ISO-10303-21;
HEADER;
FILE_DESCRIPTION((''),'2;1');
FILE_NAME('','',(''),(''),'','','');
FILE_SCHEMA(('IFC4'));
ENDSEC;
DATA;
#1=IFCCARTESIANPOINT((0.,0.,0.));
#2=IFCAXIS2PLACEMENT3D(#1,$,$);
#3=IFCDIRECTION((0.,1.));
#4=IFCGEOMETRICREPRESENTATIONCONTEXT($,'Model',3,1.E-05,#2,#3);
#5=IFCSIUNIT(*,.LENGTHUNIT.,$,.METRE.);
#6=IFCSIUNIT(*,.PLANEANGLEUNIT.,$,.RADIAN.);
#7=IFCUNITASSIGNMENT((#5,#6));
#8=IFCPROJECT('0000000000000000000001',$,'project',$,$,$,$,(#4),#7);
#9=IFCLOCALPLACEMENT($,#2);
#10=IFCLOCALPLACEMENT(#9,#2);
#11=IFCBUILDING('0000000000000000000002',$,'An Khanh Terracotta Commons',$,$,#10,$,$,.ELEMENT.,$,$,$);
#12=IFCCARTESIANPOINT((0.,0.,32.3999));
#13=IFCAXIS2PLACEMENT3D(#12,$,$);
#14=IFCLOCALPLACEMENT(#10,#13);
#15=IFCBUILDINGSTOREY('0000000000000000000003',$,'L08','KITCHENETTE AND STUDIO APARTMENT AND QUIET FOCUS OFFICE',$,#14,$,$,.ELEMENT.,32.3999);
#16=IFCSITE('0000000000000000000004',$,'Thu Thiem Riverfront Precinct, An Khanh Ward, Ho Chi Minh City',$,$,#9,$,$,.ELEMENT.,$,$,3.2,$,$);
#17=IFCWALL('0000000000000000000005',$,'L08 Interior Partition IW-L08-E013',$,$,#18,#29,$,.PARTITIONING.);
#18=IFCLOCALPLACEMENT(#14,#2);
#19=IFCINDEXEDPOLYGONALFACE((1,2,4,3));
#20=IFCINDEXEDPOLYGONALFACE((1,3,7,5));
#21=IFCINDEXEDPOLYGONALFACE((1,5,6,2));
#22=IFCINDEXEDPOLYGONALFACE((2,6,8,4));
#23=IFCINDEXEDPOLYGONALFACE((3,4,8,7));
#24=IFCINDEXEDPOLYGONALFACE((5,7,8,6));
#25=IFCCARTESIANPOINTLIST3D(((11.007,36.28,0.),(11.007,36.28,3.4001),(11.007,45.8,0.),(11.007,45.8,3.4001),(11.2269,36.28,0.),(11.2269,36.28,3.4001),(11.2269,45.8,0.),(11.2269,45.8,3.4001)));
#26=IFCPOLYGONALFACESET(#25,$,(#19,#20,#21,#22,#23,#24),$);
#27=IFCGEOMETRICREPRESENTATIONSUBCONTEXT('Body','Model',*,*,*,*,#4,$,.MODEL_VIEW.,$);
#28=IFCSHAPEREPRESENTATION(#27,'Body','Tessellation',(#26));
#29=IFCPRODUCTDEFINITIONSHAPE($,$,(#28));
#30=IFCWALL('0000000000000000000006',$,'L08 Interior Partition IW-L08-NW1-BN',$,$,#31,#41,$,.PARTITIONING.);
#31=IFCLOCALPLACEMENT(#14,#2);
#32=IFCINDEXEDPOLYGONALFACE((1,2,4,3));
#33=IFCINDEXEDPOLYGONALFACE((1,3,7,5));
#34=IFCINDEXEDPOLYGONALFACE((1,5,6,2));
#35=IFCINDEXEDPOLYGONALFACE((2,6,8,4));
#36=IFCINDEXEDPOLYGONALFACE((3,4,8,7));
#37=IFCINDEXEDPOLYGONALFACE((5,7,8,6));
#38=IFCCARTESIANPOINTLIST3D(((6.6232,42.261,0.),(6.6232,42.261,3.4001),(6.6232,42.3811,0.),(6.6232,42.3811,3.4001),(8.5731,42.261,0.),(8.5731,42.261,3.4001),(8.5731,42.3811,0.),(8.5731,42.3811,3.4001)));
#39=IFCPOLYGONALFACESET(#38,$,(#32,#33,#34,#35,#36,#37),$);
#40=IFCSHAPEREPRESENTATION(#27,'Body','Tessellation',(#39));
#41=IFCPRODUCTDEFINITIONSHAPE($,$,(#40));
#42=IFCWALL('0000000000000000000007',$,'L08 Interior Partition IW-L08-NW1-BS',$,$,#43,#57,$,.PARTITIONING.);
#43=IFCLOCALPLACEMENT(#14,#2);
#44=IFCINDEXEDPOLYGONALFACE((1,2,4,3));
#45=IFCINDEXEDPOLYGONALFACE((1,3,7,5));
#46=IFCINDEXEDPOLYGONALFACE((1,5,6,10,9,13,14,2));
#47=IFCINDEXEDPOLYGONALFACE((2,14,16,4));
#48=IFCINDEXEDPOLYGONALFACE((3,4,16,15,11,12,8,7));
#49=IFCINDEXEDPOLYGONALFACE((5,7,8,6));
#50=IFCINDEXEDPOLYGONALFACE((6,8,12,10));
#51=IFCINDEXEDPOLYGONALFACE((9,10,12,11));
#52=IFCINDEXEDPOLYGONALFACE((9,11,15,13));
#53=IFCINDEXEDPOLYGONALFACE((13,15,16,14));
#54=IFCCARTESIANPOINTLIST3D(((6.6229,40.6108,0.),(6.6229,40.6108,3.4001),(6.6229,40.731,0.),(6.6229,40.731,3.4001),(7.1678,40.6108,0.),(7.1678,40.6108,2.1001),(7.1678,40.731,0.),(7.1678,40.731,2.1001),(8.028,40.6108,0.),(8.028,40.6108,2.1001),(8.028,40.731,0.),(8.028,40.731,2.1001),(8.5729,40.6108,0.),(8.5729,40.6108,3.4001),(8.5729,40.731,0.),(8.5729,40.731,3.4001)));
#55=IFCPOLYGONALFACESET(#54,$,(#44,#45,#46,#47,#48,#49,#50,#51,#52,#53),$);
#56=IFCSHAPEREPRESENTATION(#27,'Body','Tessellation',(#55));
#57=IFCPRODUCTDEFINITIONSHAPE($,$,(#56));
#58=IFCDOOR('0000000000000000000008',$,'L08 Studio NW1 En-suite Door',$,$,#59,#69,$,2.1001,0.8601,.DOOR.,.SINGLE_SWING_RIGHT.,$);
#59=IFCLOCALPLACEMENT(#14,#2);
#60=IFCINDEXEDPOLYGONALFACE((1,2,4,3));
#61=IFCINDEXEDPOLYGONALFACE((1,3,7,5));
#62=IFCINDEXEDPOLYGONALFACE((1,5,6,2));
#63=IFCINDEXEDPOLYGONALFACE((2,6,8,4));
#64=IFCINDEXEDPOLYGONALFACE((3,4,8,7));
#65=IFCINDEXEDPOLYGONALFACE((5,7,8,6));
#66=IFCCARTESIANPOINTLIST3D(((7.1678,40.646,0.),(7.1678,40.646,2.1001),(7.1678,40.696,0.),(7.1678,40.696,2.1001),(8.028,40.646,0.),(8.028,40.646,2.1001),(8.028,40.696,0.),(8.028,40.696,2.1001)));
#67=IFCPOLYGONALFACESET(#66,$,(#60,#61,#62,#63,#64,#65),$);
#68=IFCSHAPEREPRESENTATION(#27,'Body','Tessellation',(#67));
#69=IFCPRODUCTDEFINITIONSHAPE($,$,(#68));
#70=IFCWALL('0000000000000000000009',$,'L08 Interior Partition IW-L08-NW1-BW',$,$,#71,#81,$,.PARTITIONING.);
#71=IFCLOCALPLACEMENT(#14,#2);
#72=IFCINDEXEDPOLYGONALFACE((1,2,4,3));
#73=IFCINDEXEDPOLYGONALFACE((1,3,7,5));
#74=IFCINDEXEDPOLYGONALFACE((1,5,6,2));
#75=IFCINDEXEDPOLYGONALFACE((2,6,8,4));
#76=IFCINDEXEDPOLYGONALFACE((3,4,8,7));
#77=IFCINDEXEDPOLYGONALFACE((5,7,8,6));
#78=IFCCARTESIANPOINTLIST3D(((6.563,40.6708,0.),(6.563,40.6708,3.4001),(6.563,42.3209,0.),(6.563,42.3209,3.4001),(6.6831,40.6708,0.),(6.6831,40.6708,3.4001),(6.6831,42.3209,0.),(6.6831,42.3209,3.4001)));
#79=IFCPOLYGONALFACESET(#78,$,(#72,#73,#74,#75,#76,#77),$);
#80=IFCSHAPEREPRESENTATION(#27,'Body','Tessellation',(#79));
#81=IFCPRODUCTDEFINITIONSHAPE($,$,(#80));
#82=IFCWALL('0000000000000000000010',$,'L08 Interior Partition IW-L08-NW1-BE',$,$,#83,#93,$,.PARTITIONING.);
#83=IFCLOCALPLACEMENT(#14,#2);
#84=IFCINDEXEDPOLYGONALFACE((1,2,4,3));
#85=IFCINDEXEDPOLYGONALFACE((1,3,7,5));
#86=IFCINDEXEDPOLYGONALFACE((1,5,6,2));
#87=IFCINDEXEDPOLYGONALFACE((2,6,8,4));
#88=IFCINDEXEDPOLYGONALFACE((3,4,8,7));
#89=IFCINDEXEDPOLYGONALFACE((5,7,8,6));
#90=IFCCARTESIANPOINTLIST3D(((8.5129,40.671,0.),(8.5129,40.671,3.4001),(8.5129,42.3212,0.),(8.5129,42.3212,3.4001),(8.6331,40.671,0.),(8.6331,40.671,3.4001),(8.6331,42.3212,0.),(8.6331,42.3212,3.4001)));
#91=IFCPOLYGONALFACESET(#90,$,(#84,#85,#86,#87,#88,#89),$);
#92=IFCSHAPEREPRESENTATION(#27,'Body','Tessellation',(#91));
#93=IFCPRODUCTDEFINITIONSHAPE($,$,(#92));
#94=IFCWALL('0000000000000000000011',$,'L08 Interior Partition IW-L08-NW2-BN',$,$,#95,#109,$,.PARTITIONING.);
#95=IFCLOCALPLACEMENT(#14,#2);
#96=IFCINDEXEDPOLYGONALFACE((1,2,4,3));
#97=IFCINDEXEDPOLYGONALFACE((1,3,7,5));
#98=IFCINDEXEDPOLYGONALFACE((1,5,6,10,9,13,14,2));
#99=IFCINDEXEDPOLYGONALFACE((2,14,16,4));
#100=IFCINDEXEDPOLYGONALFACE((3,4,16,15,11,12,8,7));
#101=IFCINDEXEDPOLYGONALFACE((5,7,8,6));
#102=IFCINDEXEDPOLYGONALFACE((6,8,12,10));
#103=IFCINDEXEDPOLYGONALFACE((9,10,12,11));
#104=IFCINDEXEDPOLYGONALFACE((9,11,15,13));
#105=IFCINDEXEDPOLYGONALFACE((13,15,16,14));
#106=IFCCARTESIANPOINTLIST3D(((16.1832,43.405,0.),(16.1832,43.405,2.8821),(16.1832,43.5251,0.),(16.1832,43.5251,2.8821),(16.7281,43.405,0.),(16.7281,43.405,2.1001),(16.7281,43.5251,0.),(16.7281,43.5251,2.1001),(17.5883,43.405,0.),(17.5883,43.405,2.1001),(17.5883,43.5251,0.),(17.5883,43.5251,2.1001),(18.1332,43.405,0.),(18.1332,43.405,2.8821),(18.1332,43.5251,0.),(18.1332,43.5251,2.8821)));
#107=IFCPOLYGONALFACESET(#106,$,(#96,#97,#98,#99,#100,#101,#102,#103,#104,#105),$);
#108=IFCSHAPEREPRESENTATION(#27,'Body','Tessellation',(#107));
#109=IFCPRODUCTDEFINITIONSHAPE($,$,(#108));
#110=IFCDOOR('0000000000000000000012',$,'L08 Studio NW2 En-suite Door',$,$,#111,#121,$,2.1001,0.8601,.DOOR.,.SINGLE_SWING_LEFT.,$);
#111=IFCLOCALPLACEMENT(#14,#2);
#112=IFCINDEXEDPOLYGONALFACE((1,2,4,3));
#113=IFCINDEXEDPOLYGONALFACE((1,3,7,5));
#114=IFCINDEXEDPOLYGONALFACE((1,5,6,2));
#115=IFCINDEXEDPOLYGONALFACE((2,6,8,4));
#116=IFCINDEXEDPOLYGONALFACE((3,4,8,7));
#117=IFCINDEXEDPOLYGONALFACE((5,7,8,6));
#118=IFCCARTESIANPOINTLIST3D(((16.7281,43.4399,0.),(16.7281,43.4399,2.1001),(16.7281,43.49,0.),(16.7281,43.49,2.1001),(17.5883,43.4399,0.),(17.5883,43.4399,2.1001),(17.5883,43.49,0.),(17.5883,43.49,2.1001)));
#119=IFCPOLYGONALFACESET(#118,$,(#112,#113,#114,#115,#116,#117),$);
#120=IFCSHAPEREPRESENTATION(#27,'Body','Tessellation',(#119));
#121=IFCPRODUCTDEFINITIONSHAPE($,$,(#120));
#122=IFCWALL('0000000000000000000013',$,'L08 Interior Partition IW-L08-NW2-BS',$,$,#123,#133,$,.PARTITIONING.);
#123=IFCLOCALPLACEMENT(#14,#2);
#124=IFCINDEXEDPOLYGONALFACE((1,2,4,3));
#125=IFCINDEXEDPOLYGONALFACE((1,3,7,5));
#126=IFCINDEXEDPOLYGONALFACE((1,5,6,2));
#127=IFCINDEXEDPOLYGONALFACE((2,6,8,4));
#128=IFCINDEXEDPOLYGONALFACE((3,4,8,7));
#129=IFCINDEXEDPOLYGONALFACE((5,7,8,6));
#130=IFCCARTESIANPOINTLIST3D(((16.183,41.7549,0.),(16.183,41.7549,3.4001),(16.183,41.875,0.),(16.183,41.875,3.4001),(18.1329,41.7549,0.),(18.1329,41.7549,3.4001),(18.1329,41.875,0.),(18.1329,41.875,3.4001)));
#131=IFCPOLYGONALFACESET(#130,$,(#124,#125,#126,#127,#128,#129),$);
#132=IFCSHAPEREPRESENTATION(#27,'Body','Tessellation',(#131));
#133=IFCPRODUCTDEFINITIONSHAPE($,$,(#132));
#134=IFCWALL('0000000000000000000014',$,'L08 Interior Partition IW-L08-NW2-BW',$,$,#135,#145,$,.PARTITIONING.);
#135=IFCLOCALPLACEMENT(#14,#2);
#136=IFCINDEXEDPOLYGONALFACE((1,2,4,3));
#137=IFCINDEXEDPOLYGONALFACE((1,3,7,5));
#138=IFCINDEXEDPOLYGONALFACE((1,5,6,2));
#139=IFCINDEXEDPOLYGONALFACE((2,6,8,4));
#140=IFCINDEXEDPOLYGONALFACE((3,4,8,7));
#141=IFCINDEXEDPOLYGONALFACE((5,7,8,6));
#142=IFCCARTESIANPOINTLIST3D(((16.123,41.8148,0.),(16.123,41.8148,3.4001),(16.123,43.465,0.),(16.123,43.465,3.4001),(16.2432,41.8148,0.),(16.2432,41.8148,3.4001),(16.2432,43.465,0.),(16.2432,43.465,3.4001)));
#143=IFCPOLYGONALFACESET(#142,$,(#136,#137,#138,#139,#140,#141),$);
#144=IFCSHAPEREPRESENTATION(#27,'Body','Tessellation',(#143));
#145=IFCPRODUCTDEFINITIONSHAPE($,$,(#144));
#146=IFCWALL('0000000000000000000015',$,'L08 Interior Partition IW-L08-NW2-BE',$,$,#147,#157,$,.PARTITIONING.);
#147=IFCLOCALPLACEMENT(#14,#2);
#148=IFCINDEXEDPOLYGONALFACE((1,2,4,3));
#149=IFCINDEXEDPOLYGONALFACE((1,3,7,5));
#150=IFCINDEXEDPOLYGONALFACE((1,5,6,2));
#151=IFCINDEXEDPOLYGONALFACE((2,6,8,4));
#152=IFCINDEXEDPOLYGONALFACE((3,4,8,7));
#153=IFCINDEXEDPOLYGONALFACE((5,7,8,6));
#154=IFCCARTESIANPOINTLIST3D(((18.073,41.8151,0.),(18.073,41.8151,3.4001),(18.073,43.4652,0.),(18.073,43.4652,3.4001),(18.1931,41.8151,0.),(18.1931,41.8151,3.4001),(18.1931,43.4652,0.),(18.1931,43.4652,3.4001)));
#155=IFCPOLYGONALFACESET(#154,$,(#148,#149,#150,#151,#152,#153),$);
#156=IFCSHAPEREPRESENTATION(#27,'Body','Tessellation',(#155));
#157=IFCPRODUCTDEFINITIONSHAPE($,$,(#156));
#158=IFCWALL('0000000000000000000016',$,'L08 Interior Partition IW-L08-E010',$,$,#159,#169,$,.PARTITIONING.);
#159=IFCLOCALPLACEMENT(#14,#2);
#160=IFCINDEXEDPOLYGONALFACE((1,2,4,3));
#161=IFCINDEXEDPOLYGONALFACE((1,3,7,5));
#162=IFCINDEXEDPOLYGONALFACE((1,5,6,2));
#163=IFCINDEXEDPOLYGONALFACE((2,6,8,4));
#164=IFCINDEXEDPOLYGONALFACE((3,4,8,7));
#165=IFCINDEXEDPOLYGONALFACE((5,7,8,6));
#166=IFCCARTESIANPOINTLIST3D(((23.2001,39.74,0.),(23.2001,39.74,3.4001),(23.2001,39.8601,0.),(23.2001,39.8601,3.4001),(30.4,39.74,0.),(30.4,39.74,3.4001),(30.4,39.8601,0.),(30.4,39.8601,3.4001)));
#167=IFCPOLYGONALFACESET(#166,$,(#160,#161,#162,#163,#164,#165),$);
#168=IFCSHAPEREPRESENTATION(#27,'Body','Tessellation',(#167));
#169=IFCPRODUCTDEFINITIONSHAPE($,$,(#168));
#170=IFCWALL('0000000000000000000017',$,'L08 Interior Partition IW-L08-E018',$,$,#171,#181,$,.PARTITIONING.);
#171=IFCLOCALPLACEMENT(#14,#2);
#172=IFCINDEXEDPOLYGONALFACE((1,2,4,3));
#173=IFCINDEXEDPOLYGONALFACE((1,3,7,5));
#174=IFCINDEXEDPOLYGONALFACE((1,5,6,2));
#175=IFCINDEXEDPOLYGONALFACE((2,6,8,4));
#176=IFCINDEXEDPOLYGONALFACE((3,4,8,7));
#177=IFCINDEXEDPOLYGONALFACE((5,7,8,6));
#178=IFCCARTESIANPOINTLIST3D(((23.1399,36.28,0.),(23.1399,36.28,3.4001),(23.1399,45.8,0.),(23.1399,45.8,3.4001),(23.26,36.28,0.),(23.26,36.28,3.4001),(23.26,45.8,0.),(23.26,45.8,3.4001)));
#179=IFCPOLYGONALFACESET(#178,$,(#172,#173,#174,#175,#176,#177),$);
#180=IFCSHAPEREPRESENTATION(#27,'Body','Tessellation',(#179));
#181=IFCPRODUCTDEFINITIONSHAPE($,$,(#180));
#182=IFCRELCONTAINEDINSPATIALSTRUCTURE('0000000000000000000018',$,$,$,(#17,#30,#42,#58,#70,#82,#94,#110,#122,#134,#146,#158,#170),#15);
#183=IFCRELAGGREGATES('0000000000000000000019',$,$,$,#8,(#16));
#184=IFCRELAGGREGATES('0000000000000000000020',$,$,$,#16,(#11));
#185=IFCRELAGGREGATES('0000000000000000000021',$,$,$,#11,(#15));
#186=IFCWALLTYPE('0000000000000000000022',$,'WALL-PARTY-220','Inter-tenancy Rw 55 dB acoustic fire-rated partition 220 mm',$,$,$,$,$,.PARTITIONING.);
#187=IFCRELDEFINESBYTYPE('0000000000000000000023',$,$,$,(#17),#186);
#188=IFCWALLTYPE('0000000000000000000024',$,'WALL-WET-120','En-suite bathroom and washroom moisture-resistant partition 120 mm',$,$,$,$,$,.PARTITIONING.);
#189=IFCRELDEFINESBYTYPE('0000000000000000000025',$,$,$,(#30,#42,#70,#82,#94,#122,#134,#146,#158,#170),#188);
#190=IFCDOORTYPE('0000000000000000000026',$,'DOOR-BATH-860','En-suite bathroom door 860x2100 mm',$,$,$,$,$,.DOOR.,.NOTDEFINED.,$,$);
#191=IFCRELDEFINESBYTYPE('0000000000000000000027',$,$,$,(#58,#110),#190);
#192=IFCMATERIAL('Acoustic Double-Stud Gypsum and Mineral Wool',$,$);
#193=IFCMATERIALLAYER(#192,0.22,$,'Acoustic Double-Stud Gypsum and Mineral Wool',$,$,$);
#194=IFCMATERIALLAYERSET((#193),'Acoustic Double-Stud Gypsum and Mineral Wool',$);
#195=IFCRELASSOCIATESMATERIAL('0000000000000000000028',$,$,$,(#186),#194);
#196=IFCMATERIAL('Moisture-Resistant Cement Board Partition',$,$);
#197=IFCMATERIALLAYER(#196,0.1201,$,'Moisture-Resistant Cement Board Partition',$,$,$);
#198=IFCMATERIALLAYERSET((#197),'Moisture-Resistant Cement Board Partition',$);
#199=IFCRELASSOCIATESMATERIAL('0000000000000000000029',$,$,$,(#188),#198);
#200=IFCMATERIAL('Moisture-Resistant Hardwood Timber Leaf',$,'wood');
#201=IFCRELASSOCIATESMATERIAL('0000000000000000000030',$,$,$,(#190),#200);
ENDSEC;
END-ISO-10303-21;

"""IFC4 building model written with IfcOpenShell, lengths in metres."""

from ifc_helpers import new_model, si_unit, direction, frame, frame_2d, origin, place, context, subcontext, project, spatial, rectangle, extrude, material, layer, layer_set, type_object, element, fill, save


model = new_model("IFC4")

# Units and contexts
model_context = context("Model", 3, precision=1e-05, world=origin(), true_north=direction((0.0, 1.0)))
body_context = subcontext(model_context, "Body", "Model", "MODEL_VIEW")
ifc_project = project(units=[si_unit("LENGTHUNIT", "METRE"), si_unit("PLANEANGLEUNIT", "RADIAN")], contexts=[model_context])

# Site, building, storey
site_placement = place(None, origin())
site = spatial("IfcSite", under=ifc_project, at=site_placement, Name="Thu Thiem Riverfront Precinct, An Khanh Ward, Ho Chi Minh City", CompositionType="ELEMENT", RefElevation=3.2)
building_placement = place(site_placement, origin())
building = spatial("IfcBuilding", under=site, at=building_placement, Name="An Khanh Terracotta Commons", CompositionType="ELEMENT")
storey_placement = place(building_placement, frame((0.0, 0.0, 32.3999)))
storey = spatial("IfcBuildingStorey", under=building, at=storey_placement, Name="L08", Description="KITCHENETTE AND STUDIO APARTMENT AND QUIET FOCUS OFFICE", CompositionType="ELEMENT", Elevation=32.3999)

# Walls
ifc_material_1 = material(Name="Acoustic Double-Stud Gypsum and Mineral Wool")
ifc_layer_1 = layer(ifc_material_1, 0.22, Name="Acoustic Double-Stud Gypsum and Mineral Wool")
ifc_layer_set_1 = layer_set([ifc_layer_1], Name="Acoustic Double-Stud Gypsum and Mineral Wool")
wall_type_1 = type_object("IfcWallType", Name="WALL-PARTY-220", Description="Inter-tenancy Rw 55 dB acoustic fire-rated partition 220 mm", PredefinedType="PARTITIONING", material=ifc_layer_set_1)
wall_1_placement = place(storey_placement, frame((11.1169, 36.28, 0.0), z_axis=(0.0, 0.0, 1.0), x_axis=(0.0, 1.0, 0.0)))
element("IfcWall", 1, at=wall_1_placement, inside=storey, type_object=wall_type_1, Name="L08 Interior Partition IW-L08-E013", PredefinedType="PARTITIONING", context=body_context, shape_type="SweptSolid", body=[
    extrude(rectangle(XDim=9.52, YDim=0.22, at=frame_2d((4.76, 0.0))), origin(), (0.0, 0.0, 1.0), 3.4001),
])
ifc_material_2 = material(Name="Moisture-Resistant Cement Board Partition")
ifc_layer_2 = layer(ifc_material_2, 0.1201, Name="Moisture-Resistant Cement Board Partition")
ifc_layer_set_2 = layer_set([ifc_layer_2], Name="Moisture-Resistant Cement Board Partition")
wall_type_2 = type_object("IfcWallType", Name="WALL-WET-120", Description="En-suite bathroom and washroom moisture-resistant partition 120 mm", PredefinedType="PARTITIONING", material=ifc_layer_set_2)
wall_2_placement = place(storey_placement, frame((6.623, 42.321, 0.0), z_axis=(0.0, 0.0, 1.0), x_axis=(1.0, 0.0, 0.0)))
element("IfcWall", 2, at=wall_2_placement, inside=storey, type_object=wall_type_2, Name="L08 Interior Partition IW-L08-NW1-BN", PredefinedType="PARTITIONING", context=body_context, shape_type="SweptSolid", body=[
    extrude(rectangle(XDim=1.95, YDim=0.1201, at=frame_2d((0.9751, 0.0))), origin(), (0.0, 0.0, 1.0), 3.4001),
])

# Wall, opening, door
wall_3_placement = place(storey_placement, frame((8.573, 40.6709, 0.0), z_axis=(0.0, 0.0, 1.0), x_axis=(-1.0, 0.0, 0.0)))
wall_3 = element("IfcWall", 3, at=wall_3_placement, inside=storey, type_object=wall_type_2, Name="L08 Interior Partition IW-L08-NW1-BS", PredefinedType="PARTITIONING", context=body_context, shape_type="SweptSolid", body=[
    extrude(rectangle(XDim=1.95, YDim=0.1201, at=frame_2d((0.9751, 0.0))), origin(), (0.0, 0.0, 1.0), 3.4001),
])
opening_1_placement = place(wall_3_placement, frame((0.5449, 0.0, 0.0)))
opening_1 = element("IfcOpeningElement", 4, at=opening_1_placement, cuts=wall_3, PredefinedType="OPENING", context=body_context, shape_type="SweptSolid", body=[
    extrude(rectangle(XDim=0.8601, YDim=2.1001, at=frame_2d((0.4302, 1.05))), frame((0.0, 0.0701, 0.0), z_axis=(0.0, -1.0, 0.0), x_axis=(1.0, 0.0, 0.0)), (0.0, 0.0, 1.0), 0.1401),
])
ifc_material_3 = material(Name="Moisture-Resistant Hardwood Timber Leaf", Category="wood")
door_type = type_object("IfcDoorType", Name="DOOR-BATH-860", Description="En-suite bathroom door 860x2100 mm", OperationType="NOTDEFINED", PredefinedType="DOOR", material=ifc_material_3)
door_1_placement = place(opening_1_placement, origin())
door_1 = element("IfcDoor", 5, at=door_1_placement, inside=storey, type_object=door_type, Name="L08 Studio NW1 En-suite Door", OperationType="SINGLE_SWING_RIGHT", OverallHeight=2.1001, OverallWidth=0.8601, PredefinedType="DOOR", context=body_context, shape_type="SweptSolid", body=[
    extrude(rectangle(XDim=0.8601, YDim=2.1001, at=frame_2d((0.4302, 1.05))), frame((0.0, 0.0249, 0.0), z_axis=(0.0, -1.0, 0.0), x_axis=(1.0, 0.0, 0.0)), (0.0, 0.0, 1.0), 0.05),
])
fill(opening_1, door_1)

# Walls
for number, where, z_axis, x_axis, name in (
    (6, (6.623, 42.321, 0.0), (0.0, 0.0, 1.0), (0.0, -1.0, 0.0), "L08 Interior Partition IW-L08-NW1-BW"),
    (7, (8.573, 40.6709, 0.0), (0.0, 0.0, 1.0), (0.0, 1.0, 0.0), "L08 Interior Partition IW-L08-NW1-BE"),
):
    element("IfcWall", number, at=place(storey_placement, frame(where, z_axis=z_axis, x_axis=x_axis)), inside=storey, type_object=wall_type_2, Name=name, PredefinedType="PARTITIONING", context=body_context, shape_type="SweptSolid", body=[
        extrude(rectangle(XDim=1.6501, YDim=0.1201, at=frame_2d((0.8252, 0.0))), origin(), (0.0, 0.0, 1.0), 3.4001),
    ])

# Wall, opening, door
wall_4_placement = place(storey_placement, frame((16.1831, 43.4651, 0.0), z_axis=(0.0, 0.0, 1.0), x_axis=(1.0, 0.0, 0.0)))
wall_4 = element("IfcWall", 8, at=wall_4_placement, inside=storey, type_object=wall_type_2, Name="L08 Interior Partition IW-L08-NW2-BN", PredefinedType="PARTITIONING", context=body_context, shape_type="SweptSolid", body=[
    extrude(rectangle(XDim=1.95, YDim=0.1201, at=frame_2d((0.9751, 0.0))), origin(), (0.0, 0.0, 1.0), 2.8821),
])
opening_2_placement = place(wall_4_placement, frame((0.5449, 0.0, 0.0)))
opening_2 = element("IfcOpeningElement", 9, at=opening_2_placement, cuts=wall_4, PredefinedType="OPENING", context=body_context, shape_type="SweptSolid", body=[
    extrude(rectangle(XDim=0.8601, YDim=2.1001, at=frame_2d((0.4302, 1.05))), frame((0.0, 0.0701, 0.0), z_axis=(0.0, -1.0, 0.0), x_axis=(1.0, 0.0, 0.0)), (0.0, 0.0, 1.0), 0.1401),
])
door_2_placement = place(opening_2_placement, origin())
door_2 = element("IfcDoor", 10, at=door_2_placement, inside=storey, type_object=door_type, Name="L08 Studio NW2 En-suite Door", OperationType="SINGLE_SWING_LEFT", OverallHeight=2.1001, OverallWidth=0.8601, PredefinedType="DOOR", context=body_context, shape_type="SweptSolid", body=[
    extrude(rectangle(XDim=0.8601, YDim=2.1001, at=frame_2d((0.4302, 1.05))), frame((0.0, 0.0249, 0.0), z_axis=(0.0, -1.0, 0.0), x_axis=(1.0, 0.0, 0.0)), (0.0, 0.0, 1.0), 0.05),
])
fill(opening_2, door_2)

# Walls
wall_5_placement = place(storey_placement, frame((18.1331, 41.8149, 0.0), z_axis=(0.0, 0.0, 1.0), x_axis=(-1.0, 0.0, 0.0)))
element("IfcWall", 11, at=wall_5_placement, inside=storey, type_object=wall_type_2, Name="L08 Interior Partition IW-L08-NW2-BS", PredefinedType="PARTITIONING", context=body_context, shape_type="SweptSolid", body=[
    extrude(rectangle(XDim=1.95, YDim=0.1201, at=frame_2d((0.9751, 0.0))), origin(), (0.0, 0.0, 1.0), 3.4001),
])
for number, where, z_axis, x_axis, name in (
    (12, (16.1831, 43.4651, 0.0), (0.0, 0.0, 1.0), (0.0, -1.0, 0.0), "L08 Interior Partition IW-L08-NW2-BW"),
    (13, (18.1331, 41.8149, 0.0), (0.0, 0.0, 1.0), (0.0, 1.0, 0.0), "L08 Interior Partition IW-L08-NW2-BE"),
):
    element("IfcWall", number, at=place(storey_placement, frame(where, z_axis=z_axis, x_axis=x_axis)), inside=storey, type_object=wall_type_2, Name=name, PredefinedType="PARTITIONING", context=body_context, shape_type="SweptSolid", body=[
        extrude(rectangle(XDim=1.6501, YDim=0.1201, at=frame_2d((0.8252, 0.0))), origin(), (0.0, 0.0, 1.0), 3.4001),
    ])
wall_6_placement = place(storey_placement, frame((23.2, 39.8, 0.0), z_axis=(0.0, 0.0, 1.0), x_axis=(1.0, 0.0, 0.0)))
element("IfcWall", 14, at=wall_6_placement, inside=storey, type_object=wall_type_2, Name="L08 Interior Partition IW-L08-E010", PredefinedType="PARTITIONING", context=body_context, shape_type="SweptSolid", body=[
    extrude(rectangle(XDim=7.2, YDim=0.1201, at=frame_2d((3.6001, 0.0))), origin(), (0.0, 0.0, 1.0), 3.4001),
])
wall_7_placement = place(storey_placement, frame((23.2, 36.28, 0.0), z_axis=(0.0, 0.0, 1.0), x_axis=(0.0, 1.0, 0.0)))
element("IfcWall", 15, at=wall_7_placement, inside=storey, type_object=wall_type_2, Name="L08 Interior Partition IW-L08-E018", PredefinedType="PARTITIONING", context=body_context, shape_type="SweptSolid", body=[
    extrude(rectangle(XDim=9.52, YDim=0.1201, at=frame_2d((4.76, 0.0))), origin(), (0.0, 0.0, 1.0), 3.4001),
])

save(model, "model.ifc")
